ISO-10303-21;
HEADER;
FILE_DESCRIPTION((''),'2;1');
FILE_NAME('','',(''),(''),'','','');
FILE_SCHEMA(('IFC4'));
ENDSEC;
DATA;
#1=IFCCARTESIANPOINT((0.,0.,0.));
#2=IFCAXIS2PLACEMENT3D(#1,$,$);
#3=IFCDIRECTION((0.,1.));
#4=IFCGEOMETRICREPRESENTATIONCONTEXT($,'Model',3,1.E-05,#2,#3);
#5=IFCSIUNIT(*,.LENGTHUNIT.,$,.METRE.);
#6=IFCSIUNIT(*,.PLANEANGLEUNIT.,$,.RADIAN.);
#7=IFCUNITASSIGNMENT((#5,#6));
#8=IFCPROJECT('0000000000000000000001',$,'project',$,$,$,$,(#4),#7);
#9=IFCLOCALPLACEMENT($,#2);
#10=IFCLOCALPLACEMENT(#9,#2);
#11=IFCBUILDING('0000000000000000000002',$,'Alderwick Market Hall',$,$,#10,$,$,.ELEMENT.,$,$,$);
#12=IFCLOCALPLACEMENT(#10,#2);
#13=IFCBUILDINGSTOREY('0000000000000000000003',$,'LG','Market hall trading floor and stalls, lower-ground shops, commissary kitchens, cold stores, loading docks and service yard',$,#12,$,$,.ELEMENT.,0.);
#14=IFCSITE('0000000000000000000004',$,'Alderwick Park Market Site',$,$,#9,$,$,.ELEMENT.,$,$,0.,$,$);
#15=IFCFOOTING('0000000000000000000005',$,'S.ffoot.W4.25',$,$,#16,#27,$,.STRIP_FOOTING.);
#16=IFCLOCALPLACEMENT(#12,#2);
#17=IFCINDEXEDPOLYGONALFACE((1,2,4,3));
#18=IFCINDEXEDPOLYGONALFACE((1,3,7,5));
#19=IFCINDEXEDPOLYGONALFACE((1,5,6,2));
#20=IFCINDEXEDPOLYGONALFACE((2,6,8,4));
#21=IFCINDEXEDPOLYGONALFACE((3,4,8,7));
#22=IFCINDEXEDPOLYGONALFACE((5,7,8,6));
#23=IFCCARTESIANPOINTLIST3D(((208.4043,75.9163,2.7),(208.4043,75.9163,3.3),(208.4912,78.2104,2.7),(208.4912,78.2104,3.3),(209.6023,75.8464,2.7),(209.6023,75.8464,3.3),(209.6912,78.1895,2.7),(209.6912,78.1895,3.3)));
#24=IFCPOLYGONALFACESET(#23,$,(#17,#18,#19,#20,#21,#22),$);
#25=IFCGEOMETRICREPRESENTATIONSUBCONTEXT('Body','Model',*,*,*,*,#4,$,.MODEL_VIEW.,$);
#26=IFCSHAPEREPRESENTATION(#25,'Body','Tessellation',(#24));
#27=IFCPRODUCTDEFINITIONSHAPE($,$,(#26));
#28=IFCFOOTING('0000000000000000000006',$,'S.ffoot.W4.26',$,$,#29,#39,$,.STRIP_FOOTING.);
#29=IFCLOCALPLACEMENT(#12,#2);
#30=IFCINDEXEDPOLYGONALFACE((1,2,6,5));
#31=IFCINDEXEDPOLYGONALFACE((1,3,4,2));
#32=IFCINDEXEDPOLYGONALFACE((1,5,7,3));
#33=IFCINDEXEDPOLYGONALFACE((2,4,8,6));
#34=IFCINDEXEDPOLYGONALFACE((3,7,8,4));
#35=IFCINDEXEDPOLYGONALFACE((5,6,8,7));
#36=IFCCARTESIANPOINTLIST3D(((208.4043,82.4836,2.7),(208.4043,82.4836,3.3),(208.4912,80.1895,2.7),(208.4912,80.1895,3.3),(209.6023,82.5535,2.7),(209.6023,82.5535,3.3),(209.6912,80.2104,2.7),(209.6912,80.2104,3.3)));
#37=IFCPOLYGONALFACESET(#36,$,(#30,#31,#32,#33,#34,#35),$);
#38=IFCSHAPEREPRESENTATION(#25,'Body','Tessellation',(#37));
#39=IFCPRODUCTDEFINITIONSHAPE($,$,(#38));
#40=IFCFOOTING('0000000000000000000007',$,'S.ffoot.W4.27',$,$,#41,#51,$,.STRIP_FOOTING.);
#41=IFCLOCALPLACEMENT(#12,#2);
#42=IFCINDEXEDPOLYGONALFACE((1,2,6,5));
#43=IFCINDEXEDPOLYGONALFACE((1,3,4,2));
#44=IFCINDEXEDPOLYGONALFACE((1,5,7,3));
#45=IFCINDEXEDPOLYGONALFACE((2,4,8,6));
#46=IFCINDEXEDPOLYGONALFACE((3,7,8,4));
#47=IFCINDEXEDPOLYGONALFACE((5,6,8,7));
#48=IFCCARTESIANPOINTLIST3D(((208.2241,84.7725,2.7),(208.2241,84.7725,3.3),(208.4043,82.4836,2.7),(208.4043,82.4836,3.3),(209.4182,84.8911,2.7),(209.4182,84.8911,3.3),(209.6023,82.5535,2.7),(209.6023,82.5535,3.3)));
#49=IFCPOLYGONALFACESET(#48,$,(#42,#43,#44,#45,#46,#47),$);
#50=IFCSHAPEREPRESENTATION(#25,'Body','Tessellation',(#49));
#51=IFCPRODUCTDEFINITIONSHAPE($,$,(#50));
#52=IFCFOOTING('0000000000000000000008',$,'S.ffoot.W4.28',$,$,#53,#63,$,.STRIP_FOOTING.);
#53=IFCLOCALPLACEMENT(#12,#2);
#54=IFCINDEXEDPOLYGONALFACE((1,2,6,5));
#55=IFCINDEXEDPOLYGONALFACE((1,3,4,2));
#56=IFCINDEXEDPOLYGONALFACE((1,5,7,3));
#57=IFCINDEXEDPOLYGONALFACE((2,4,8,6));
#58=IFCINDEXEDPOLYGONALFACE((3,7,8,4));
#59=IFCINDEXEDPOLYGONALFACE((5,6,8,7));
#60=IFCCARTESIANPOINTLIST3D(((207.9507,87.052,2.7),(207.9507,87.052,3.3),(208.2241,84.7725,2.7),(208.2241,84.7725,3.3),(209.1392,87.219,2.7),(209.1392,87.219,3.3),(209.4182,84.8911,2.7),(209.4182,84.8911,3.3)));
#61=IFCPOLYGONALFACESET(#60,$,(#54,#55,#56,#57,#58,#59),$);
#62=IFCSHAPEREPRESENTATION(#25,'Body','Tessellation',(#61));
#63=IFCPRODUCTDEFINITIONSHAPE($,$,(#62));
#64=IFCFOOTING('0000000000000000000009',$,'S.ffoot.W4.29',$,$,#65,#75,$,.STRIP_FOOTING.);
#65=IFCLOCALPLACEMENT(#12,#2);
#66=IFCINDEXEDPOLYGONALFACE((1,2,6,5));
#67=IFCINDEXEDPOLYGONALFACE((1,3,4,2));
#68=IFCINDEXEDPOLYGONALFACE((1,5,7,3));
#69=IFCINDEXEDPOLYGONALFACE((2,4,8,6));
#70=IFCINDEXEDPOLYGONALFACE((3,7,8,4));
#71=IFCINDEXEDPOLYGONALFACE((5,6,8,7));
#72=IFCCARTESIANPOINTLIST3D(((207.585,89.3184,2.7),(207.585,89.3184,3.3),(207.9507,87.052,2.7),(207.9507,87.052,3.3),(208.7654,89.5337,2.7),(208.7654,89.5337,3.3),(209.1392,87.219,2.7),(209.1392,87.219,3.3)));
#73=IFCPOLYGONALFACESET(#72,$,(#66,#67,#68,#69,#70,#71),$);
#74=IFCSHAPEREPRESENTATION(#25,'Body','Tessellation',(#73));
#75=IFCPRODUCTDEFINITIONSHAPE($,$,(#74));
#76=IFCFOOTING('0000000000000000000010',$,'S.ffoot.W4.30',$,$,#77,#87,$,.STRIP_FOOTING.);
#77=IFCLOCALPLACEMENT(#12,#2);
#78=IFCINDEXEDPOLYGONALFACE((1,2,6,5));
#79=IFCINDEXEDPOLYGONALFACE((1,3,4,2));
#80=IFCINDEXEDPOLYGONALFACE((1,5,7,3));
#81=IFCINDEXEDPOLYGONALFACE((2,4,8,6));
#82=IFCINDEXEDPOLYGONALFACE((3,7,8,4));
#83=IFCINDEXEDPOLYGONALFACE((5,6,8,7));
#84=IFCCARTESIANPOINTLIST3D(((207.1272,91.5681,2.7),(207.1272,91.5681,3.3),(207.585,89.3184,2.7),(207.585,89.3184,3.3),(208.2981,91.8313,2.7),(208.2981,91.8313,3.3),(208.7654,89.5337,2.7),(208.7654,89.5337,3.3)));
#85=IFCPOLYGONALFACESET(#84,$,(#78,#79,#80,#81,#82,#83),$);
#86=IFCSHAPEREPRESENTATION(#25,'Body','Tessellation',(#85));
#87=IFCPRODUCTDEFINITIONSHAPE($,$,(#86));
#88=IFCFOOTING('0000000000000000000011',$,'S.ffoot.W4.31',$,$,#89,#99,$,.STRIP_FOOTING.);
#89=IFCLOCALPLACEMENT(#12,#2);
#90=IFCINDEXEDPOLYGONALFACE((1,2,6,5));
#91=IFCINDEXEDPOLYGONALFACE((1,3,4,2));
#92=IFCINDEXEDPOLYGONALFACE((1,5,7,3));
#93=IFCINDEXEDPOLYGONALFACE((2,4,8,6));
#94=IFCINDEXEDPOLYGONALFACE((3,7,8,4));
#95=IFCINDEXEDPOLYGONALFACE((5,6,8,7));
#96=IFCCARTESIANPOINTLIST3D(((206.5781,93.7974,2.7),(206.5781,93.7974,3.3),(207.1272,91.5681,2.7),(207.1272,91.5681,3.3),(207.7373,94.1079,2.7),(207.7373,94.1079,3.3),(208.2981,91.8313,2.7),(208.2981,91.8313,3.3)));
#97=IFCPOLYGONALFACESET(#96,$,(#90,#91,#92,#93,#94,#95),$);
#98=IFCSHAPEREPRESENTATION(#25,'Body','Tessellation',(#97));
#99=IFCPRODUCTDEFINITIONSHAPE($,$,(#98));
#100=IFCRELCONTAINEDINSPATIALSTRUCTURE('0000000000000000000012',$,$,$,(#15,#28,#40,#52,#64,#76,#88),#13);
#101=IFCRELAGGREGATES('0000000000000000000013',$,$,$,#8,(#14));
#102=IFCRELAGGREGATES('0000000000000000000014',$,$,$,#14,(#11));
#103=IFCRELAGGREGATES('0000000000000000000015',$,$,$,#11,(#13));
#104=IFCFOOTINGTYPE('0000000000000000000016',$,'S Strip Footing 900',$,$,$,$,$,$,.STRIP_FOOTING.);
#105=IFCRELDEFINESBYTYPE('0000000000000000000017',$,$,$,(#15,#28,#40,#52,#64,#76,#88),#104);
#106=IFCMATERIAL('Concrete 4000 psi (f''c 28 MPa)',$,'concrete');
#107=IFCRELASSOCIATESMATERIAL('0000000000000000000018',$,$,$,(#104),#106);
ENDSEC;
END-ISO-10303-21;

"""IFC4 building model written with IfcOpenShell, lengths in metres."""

from ifc_helpers import new_model, si_unit, direction, frame, origin, place, context, subcontext, project, spatial, polyline, outline, extrude, material, type_object, element, save


model = new_model("IFC4")

# Units and contexts
model_context = context("Model", 3, precision=1e-05, world=origin(), true_north=direction((0.0, 1.0)))
body_context = subcontext(model_context, "Body", "Model", "MODEL_VIEW")
ifc_project = project(units=[si_unit("LENGTHUNIT", "METRE"), si_unit("PLANEANGLEUNIT", "RADIAN")], contexts=[model_context])

# Site, building, storey
site_placement = place(None, origin())
site = spatial("IfcSite", under=ifc_project, at=site_placement, Name="Alderwick Park Market Site", CompositionType="ELEMENT", RefElevation=0.0)
building_placement = place(site_placement, origin())
building = spatial("IfcBuilding", under=site, at=building_placement, Name="Alderwick Market Hall", CompositionType="ELEMENT")
storey_placement = place(building_placement, origin())
storey = spatial("IfcBuildingStorey", under=building, at=storey_placement, Name="LG", Description="Market hall trading floor and stalls, lower-ground shops, commissary kitchens, cold stores, loading docks and service yard", CompositionType="ELEMENT", Elevation=0.0)

# Footings
ifc_material = material(Name="Concrete 4000 psi (f'c 28 MPa)", Category="concrete")
footing_type = type_object("IfcFootingType", Name="S Strip Footing 900", PredefinedType="STRIP_FOOTING", material=ifc_material)
footing_1_placement = place(storey_placement, frame((0.0, 0.0, 2.7)))
element("IfcFooting", 1, at=footing_1_placement, inside=storey, type_object=footing_type, Name="S.ffoot.W4.25", PredefinedType="STRIP_FOOTING", context=body_context, shape_type="SweptSolid", body=[
    extrude(outline(polyline([(209.6023, 75.8464), (209.6912, 78.1895), (208.4912, 78.2104), (208.4043, 75.9163), (209.6023, 75.8464)])), origin(), (0.0, 0.0, 1.0), 0.6001),
])
footing_2_placement = place(storey_placement, frame((0.0, 0.0, 2.7)))
element("IfcFooting", 2, at=footing_2_placement, inside=storey, type_object=footing_type, Name="S.ffoot.W4.26", PredefinedType="STRIP_FOOTING", context=body_context, shape_type="SweptSolid", body=[
    extrude(outline(polyline([(209.6912, 80.2104), (209.6023, 82.5535), (208.4043, 82.4836), (208.4912, 80.1895), (209.6912, 80.2104)])), origin(), (0.0, 0.0, 1.0), 0.6001),
])
footing_3_placement = place(storey_placement, frame((0.0, 0.0, 2.7)))
element("IfcFooting", 3, at=footing_3_placement, inside=storey, type_object=footing_type, Name="S.ffoot.W4.27", PredefinedType="STRIP_FOOTING", context=body_context, shape_type="SweptSolid", body=[
    extrude(outline(polyline([(209.6023, 82.5535), (209.4182, 84.8911), (208.2241, 84.7725), (208.4043, 82.4836), (209.6023, 82.5535)])), origin(), (0.0, 0.0, 1.0), 0.6001),
])
footing_4_placement = place(storey_placement, frame((0.0, 0.0, 2.7)))
element("IfcFooting", 4, at=footing_4_placement, inside=storey, type_object=footing_type, Name="S.ffoot.W4.28", PredefinedType="STRIP_FOOTING", context=body_context, shape_type="SweptSolid", body=[
    extrude(outline(polyline([(209.4182, 84.8911), (209.1392, 87.219), (207.9507, 87.052), (208.2241, 84.7725), (209.4182, 84.8911)])), origin(), (0.0, 0.0, 1.0), 0.6001),
])
footing_5_placement = place(storey_placement, frame((0.0, 0.0, 2.7)))
element("IfcFooting", 5, at=footing_5_placement, inside=storey, type_object=footing_type, Name="S.ffoot.W4.29", PredefinedType="STRIP_FOOTING", context=body_context, shape_type="SweptSolid", body=[
    extrude(outline(polyline([(209.1392, 87.219), (208.7654, 89.5337), (207.585, 89.3184), (207.9507, 87.052), (209.1392, 87.219)])), origin(), (0.0, 0.0, 1.0), 0.6001),
])
footing_6_placement = place(storey_placement, frame((0.0, 0.0, 2.7)))
element("IfcFooting", 6, at=footing_6_placement, inside=storey, type_object=footing_type, Name="S.ffoot.W4.30", PredefinedType="STRIP_FOOTING", context=body_context, shape_type="SweptSolid", body=[
    extrude(outline(polyline([(208.7654, 89.5337), (208.2981, 91.8313), (207.1272, 91.5681), (207.585, 89.3184), (208.7654, 89.5337)])), origin(), (0.0, 0.0, 1.0), 0.6001),
])
footing_7_placement = place(storey_placement, frame((0.0, 0.0, 2.7)))
element("IfcFooting", 7, at=footing_7_placement, inside=storey, type_object=footing_type, Name="S.ffoot.W4.31", PredefinedType="STRIP_FOOTING", context=body_context, shape_type="SweptSolid", body=[
    extrude(outline(polyline([(208.2981, 91.8313), (207.7373, 94.1079), (206.5781, 93.7974), (207.1272, 91.5681), (208.2981, 91.8313)])), origin(), (0.0, 0.0, 1.0), 0.6001),
])

save(model, "model.ifc")
